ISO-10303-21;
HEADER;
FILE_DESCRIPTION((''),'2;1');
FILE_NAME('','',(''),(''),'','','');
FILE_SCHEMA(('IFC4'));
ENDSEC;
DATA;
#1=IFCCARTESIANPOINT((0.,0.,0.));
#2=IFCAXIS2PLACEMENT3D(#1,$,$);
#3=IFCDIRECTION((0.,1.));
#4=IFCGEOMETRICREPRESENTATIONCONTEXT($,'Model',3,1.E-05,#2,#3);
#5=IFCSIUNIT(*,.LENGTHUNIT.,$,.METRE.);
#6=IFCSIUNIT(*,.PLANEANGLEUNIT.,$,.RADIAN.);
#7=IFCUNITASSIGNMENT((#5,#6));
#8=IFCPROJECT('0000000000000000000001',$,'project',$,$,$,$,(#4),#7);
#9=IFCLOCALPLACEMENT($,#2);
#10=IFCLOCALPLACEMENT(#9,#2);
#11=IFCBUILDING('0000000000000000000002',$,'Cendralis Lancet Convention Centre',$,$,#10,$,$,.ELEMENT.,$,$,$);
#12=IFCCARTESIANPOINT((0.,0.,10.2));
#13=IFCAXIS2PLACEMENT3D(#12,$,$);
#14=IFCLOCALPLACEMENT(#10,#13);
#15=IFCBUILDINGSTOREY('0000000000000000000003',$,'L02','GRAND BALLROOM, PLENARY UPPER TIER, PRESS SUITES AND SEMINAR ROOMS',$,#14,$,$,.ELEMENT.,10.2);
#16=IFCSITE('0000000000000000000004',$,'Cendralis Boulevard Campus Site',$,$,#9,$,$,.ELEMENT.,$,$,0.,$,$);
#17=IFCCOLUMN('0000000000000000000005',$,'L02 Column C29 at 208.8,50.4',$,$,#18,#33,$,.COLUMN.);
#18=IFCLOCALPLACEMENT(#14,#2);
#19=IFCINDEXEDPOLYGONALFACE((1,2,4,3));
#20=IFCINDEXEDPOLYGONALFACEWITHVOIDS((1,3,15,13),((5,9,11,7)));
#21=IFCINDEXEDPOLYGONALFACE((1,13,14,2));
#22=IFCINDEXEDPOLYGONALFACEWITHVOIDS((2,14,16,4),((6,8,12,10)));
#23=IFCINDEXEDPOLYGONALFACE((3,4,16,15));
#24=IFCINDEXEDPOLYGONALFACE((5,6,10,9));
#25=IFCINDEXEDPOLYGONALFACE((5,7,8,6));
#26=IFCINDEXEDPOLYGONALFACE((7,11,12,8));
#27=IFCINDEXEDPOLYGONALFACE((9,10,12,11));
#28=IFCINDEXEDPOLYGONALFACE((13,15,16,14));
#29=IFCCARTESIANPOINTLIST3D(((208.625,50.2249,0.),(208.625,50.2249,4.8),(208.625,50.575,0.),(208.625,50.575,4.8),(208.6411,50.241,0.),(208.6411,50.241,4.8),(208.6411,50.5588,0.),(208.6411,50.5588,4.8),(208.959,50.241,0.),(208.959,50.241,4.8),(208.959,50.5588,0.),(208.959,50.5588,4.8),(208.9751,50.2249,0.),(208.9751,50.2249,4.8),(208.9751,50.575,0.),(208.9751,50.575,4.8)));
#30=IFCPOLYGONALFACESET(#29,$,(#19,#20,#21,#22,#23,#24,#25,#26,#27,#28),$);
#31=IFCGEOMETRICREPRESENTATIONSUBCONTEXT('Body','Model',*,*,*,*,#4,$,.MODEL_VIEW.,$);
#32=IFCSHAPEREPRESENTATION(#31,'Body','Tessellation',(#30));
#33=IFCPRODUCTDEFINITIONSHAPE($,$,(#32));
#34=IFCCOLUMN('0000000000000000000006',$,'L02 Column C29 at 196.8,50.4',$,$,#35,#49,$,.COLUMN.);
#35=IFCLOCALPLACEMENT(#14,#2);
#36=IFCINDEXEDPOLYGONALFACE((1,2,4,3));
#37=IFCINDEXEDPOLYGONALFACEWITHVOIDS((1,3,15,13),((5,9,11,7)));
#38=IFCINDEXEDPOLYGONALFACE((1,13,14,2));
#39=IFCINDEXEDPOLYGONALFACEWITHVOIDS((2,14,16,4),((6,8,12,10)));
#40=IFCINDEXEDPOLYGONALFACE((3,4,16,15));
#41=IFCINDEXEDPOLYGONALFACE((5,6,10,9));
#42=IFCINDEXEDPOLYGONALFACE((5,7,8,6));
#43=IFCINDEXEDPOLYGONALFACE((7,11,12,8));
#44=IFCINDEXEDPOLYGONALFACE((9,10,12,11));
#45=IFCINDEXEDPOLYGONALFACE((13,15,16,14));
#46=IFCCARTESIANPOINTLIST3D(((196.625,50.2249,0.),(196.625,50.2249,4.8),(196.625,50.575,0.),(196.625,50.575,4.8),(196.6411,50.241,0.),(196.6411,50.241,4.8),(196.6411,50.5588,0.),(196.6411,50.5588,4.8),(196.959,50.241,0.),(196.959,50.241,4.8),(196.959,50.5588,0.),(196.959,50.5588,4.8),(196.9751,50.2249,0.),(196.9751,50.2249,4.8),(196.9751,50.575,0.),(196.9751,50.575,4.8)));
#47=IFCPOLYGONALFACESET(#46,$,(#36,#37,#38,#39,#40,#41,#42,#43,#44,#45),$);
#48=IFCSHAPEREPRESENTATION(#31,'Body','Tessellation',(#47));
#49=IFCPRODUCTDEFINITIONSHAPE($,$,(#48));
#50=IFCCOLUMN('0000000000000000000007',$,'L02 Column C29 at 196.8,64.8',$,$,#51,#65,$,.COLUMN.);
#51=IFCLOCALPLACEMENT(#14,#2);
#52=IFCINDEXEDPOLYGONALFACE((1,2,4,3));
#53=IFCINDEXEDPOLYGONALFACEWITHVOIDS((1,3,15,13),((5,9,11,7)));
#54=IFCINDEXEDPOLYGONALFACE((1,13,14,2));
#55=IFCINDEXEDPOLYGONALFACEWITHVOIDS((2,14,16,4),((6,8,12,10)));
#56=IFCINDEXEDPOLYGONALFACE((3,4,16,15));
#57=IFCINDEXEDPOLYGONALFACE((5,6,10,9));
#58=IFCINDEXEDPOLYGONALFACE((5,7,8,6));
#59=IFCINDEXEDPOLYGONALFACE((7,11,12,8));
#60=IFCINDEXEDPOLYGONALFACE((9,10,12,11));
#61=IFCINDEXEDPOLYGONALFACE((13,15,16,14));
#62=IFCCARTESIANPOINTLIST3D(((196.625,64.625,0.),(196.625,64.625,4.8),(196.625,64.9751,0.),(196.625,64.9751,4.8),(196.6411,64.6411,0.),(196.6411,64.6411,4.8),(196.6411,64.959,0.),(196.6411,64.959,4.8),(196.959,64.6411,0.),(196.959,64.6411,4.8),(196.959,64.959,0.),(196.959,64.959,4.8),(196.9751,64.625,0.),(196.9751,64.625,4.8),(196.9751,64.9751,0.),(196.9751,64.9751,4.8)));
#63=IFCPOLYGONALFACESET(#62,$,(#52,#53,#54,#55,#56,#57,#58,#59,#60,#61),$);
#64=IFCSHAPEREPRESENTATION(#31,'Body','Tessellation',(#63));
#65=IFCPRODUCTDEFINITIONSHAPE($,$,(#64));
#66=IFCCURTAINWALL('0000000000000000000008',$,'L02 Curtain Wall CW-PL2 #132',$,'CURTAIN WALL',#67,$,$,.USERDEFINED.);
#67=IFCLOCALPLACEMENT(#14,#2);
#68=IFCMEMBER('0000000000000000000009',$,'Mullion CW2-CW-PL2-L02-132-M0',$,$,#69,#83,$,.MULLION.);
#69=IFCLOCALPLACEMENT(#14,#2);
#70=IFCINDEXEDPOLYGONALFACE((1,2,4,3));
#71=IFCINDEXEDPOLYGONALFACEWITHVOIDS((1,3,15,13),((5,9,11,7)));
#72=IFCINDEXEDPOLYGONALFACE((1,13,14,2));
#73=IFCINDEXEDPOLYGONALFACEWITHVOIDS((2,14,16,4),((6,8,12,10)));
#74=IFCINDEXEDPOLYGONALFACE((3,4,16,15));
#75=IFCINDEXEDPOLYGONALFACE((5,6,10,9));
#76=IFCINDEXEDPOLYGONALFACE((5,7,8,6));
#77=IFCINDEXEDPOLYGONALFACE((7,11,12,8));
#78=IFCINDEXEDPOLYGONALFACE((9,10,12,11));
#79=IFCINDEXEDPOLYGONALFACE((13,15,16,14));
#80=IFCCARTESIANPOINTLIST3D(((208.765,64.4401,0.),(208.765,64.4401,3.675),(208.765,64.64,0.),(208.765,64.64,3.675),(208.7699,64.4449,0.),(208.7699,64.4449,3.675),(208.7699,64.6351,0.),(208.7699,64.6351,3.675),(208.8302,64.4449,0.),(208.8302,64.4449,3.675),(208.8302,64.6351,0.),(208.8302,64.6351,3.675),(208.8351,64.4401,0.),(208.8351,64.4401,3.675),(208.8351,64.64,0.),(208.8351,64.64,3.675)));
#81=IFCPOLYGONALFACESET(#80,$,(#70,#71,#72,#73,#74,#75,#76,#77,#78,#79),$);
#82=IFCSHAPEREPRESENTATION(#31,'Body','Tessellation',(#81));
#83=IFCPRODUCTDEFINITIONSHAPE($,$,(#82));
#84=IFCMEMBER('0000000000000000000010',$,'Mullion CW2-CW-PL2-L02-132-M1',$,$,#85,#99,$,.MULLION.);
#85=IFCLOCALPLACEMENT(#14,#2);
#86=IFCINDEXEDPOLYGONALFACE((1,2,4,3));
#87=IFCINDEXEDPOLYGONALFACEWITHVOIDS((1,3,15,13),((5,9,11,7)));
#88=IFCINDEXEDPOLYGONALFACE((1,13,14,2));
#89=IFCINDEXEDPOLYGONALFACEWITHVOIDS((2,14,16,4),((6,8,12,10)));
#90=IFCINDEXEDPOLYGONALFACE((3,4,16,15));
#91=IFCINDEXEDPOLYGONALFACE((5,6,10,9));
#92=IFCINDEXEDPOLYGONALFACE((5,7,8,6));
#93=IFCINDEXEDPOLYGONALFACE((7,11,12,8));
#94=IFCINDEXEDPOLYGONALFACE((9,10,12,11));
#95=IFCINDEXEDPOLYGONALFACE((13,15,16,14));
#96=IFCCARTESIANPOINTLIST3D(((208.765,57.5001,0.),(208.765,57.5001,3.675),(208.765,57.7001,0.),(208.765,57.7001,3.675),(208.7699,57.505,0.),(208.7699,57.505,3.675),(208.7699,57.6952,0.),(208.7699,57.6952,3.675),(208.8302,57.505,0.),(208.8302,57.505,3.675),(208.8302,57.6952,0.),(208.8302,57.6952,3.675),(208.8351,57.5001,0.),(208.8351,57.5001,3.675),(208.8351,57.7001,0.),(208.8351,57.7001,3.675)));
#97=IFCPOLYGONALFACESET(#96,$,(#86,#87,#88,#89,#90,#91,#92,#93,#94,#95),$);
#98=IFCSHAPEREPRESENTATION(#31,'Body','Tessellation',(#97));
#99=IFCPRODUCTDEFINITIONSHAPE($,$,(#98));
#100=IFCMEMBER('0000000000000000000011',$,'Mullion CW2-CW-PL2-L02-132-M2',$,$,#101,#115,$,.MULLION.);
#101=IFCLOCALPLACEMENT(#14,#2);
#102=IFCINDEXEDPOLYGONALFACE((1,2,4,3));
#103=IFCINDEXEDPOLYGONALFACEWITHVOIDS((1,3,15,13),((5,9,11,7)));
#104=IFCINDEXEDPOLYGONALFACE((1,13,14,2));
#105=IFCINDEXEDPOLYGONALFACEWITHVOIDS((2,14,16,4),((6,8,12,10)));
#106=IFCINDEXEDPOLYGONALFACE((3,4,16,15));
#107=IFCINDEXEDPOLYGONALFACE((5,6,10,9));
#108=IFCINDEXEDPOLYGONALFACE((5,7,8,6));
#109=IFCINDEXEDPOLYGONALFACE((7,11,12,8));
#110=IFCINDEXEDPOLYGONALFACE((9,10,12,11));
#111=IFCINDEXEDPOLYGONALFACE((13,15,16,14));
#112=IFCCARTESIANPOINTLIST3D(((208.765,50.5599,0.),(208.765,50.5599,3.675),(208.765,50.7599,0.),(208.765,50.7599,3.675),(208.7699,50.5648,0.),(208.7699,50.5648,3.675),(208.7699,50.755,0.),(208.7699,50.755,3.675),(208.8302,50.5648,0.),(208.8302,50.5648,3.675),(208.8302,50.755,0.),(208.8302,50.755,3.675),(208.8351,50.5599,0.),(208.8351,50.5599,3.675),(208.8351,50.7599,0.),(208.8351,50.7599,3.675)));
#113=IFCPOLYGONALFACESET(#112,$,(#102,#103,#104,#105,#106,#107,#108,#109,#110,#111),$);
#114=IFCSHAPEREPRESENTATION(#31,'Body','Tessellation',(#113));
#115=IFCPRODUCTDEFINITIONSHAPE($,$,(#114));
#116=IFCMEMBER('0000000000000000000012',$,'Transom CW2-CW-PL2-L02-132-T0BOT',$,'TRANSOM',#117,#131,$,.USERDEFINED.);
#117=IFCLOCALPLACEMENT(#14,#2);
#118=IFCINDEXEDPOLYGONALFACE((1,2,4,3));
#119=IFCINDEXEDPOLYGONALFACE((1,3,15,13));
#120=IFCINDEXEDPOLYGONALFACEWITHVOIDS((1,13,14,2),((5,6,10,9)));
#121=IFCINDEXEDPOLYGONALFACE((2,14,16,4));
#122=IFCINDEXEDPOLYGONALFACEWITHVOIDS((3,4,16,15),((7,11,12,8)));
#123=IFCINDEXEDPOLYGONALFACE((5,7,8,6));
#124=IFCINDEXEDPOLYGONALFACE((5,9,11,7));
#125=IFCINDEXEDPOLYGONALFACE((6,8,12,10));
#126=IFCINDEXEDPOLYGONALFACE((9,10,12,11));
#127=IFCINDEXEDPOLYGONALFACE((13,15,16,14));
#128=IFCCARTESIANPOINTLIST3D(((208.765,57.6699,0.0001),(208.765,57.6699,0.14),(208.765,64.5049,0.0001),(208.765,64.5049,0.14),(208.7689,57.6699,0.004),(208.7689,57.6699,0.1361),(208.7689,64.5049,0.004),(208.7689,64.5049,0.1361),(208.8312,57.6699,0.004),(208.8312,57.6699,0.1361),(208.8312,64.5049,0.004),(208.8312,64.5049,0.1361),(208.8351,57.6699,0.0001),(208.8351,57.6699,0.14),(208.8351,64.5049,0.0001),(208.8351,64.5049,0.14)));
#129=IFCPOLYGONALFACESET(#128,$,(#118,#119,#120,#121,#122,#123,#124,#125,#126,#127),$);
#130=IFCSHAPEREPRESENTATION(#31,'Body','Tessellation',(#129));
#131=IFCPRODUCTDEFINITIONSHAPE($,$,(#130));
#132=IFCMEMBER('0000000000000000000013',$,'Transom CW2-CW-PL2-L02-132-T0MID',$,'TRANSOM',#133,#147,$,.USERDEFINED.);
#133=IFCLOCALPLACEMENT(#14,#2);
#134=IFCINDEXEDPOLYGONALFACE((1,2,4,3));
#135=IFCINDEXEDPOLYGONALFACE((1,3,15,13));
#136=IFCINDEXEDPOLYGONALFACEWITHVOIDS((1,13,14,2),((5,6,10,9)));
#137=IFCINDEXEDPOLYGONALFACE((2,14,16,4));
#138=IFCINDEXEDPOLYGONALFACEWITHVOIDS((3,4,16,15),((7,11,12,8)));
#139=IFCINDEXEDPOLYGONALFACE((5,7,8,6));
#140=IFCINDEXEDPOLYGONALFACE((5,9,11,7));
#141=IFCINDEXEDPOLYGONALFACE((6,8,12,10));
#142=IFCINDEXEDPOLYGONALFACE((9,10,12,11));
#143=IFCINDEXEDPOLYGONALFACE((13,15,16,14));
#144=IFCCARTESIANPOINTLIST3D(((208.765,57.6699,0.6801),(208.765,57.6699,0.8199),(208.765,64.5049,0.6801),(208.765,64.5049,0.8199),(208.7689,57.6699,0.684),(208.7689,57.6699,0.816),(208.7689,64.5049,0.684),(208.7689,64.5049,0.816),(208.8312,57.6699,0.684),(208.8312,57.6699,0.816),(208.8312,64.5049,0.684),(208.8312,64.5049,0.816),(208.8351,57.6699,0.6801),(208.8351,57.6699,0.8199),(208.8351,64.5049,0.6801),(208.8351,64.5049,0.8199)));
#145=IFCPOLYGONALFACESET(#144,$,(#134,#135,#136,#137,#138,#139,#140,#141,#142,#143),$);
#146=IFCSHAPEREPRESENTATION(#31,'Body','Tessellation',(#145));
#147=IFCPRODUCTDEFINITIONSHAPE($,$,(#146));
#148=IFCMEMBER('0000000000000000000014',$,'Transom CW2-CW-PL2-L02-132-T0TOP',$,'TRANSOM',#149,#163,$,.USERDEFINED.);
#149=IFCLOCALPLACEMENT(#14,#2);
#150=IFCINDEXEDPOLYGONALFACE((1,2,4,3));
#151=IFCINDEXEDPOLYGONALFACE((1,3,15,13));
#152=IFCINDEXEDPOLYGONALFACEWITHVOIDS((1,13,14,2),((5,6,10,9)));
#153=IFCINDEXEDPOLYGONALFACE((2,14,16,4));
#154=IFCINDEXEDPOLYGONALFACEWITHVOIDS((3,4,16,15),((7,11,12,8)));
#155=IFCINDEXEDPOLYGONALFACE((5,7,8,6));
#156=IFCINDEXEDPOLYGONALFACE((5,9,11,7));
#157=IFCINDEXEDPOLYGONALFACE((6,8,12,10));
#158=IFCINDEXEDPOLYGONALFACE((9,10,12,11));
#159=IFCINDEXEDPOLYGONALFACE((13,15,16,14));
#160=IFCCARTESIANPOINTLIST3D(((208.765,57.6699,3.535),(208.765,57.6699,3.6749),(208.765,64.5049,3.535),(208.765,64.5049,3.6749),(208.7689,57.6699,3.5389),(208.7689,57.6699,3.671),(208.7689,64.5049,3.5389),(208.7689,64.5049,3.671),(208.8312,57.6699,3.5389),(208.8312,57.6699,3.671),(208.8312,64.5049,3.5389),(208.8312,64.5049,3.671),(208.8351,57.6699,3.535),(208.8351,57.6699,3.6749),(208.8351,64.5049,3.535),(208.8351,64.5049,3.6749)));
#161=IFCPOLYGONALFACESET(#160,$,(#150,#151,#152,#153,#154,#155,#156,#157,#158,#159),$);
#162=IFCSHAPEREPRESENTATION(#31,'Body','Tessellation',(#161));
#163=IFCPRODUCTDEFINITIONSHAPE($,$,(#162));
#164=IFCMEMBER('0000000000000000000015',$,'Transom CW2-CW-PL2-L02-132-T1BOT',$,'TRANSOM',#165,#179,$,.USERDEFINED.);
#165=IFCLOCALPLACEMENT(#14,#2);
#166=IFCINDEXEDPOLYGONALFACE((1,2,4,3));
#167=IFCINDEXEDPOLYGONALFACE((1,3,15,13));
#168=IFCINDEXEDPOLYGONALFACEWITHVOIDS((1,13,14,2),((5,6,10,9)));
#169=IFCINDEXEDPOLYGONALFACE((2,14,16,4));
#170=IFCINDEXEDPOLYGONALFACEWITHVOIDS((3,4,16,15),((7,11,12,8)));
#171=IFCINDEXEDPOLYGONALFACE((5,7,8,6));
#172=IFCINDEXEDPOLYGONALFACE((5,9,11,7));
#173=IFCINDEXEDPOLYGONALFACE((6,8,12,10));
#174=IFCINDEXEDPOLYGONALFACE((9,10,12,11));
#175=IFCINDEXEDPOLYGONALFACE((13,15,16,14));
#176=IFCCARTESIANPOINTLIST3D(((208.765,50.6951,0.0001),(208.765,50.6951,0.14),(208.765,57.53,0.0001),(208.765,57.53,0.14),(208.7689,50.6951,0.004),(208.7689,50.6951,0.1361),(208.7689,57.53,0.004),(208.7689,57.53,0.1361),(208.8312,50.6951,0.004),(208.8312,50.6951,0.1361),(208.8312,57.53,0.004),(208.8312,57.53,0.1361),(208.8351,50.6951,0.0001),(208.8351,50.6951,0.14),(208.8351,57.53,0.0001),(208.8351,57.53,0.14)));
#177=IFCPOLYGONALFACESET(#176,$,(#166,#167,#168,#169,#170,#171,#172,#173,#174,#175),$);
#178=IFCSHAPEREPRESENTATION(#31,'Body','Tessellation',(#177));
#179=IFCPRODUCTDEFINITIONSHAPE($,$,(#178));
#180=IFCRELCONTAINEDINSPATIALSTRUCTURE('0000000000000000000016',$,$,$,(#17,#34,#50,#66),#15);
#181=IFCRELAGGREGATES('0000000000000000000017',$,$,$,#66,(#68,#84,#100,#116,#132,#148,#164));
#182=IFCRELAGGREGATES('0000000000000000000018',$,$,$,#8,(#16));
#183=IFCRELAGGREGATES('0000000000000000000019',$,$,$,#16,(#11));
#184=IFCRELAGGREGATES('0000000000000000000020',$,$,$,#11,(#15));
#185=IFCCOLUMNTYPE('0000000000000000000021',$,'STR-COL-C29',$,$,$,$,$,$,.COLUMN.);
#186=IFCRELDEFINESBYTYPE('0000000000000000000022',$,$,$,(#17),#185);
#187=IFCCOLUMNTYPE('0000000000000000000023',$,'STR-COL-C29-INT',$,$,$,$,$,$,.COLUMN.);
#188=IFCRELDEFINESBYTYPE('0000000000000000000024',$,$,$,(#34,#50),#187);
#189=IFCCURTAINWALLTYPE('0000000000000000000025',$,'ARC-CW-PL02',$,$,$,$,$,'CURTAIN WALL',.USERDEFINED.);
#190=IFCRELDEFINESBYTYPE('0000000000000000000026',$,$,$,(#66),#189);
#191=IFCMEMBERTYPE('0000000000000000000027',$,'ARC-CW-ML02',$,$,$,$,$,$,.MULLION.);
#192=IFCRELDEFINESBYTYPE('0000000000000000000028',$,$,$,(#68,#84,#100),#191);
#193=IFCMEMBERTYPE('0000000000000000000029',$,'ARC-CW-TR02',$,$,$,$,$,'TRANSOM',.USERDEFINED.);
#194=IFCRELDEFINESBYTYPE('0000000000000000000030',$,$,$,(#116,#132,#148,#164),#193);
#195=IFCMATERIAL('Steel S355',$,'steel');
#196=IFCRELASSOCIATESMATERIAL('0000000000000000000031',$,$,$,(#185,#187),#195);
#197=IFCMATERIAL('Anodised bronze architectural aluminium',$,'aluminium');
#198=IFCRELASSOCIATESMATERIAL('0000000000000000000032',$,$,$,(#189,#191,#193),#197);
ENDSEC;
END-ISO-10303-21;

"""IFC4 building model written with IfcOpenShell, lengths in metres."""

from ifc_helpers import new_model, si_unit, direction, frame, origin, origin_2d, place, context, subcontext, project, spatial, hollow_rectangle, extrude, material, material_profile, profile_set, type_object, element, aggregate, save


model = new_model("IFC4")

# Units and contexts
model_context = context("Model", 3, precision=1e-05, world=origin(), true_north=direction((0.0, 1.0)))
body_context = subcontext(model_context, "Body", "Model", "MODEL_VIEW")
ifc_project = project(units=[si_unit("LENGTHUNIT", "METRE"), si_unit("PLANEANGLEUNIT", "RADIAN")], contexts=[model_context])

# Site, building, storey
site_placement = place(None, origin())
site = spatial("IfcSite", under=ifc_project, at=site_placement, Name="Cendralis Boulevard Campus Site", CompositionType="ELEMENT", RefElevation=0.0)
building_placement = place(site_placement, origin())
building = spatial("IfcBuilding", under=site, at=building_placement, Name="Cendralis Lancet Convention Centre", CompositionType="ELEMENT")
storey_placement = place(building_placement, frame((0.0, 0.0, 10.2)))
storey = spatial("IfcBuildingStorey", under=building, at=storey_placement, Name="L02", Description="GRAND BALLROOM, PLENARY UPPER TIER, PRESS SUITES AND SEMINAR ROOMS", CompositionType="ELEMENT", Elevation=10.2)

# Columns
ifc_material_1 = material(Name="Steel S355", Category="steel")
ifc_material_profile_1 = material_profile(ifc_material_1, hollow_rectangle(XDim=0.3501, YDim=0.3501, WallThickness=0.0161, at=origin_2d()), Name="SHS 350x350x16.0")
ifc_profile_set_1 = profile_set([ifc_material_profile_1], Name="Steel S355")
column_type_1 = type_object("IfcColumnType", Name="STR-COL-C29", PredefinedType="COLUMN", material=ifc_profile_set_1)
column_placement = place(storey_placement, frame((208.8, 50.3999, 0.0), z_axis=(0.0, 0.0, 1.0), x_axis=(1.0, 0.0, 0.0)))
element("IfcColumn", 1, at=column_placement, inside=storey, type_object=column_type_1, Name="L02 Column C29 at 208.8,50.4", PredefinedType="COLUMN", context=body_context, shape_type="SweptSolid", body=[
    extrude(hollow_rectangle(XDim=0.3501, YDim=0.3501, WallThickness=0.0161, at=origin_2d()), origin(), (0.0, 0.0, 1.0), 4.8),
])
ifc_material_profile_2 = material_profile(ifc_material_1, hollow_rectangle(XDim=0.3501, YDim=0.3501, WallThickness=0.0161, at=origin_2d()), Name="SHS 350x350x16.0")
ifc_profile_set_2 = profile_set([ifc_material_profile_2], Name="Steel S355")
column_type_2 = type_object("IfcColumnType", Name="STR-COL-C29-INT", PredefinedType="COLUMN", material=ifc_profile_set_2)
for number, where, z_axis, x_axis, name in (
    (2, (196.8, 50.3999, 0.0), (0.0, 0.0, 1.0), (1.0, 0.0, 0.0), "L02 Column C29 at 196.8,50.4"),
    (3, (196.8, 64.8, 0.0), (0.0, 0.0, 1.0), (1.0, 0.0, 0.0), "L02 Column C29 at 196.8,64.8"),
):
    element("IfcColumn", number, at=place(storey_placement, frame(where, z_axis=z_axis, x_axis=x_axis)), inside=storey, type_object=column_type_2, Name=name, PredefinedType="COLUMN", context=body_context, shape_type="SweptSolid", body=[
        extrude(hollow_rectangle(XDim=0.3501, YDim=0.3501, WallThickness=0.0161, at=origin_2d()), origin(), (0.0, 0.0, 1.0), 4.8),
    ])

# Curtain wall, members
ifc_material_2 = material(Name="Anodised bronze architectural aluminium", Category="aluminium")
curtain_wall_type = type_object("IfcCurtainWallType", Name="ARC-CW-PL02", ElementType="CURTAIN WALL", PredefinedType="USERDEFINED", material=ifc_material_2)
curtain_wall_placement = place(storey_placement, origin())
curtain_wall = element("IfcCurtainWall", 4, at=curtain_wall_placement, inside=storey, type_object=curtain_wall_type, Name="L02 Curtain Wall CW-PL2 #132", ObjectType="CURTAIN WALL", PredefinedType="USERDEFINED")
ifc_material_profile_3 = material_profile(ifc_material_2, hollow_rectangle(XDim=0.0701, YDim=0.2, WallThickness=0.0049, at=origin_2d()), Name="AL-MULL 70x200x5.0")
ifc_profile_set_3 = profile_set([ifc_material_profile_3], Name="Anodised bronze architectural aluminium")
member_type_1 = type_object("IfcMemberType", Name="ARC-CW-ML02", PredefinedType="MULLION", material=ifc_profile_set_3)
member_1_placement = place(storey_placement, frame((208.8, 64.54, 0.0), z_axis=(0.0, 0.0, 1.0), x_axis=(1.0, 0.0, 0.0)))
member_1 = element("IfcMember", 5, at=member_1_placement, type_object=member_type_1, Name="Mullion CW2-CW-PL2-L02-132-M0", PredefinedType="MULLION", context=body_context, shape_type="SweptSolid", body=[
    extrude(hollow_rectangle(XDim=0.0701, YDim=0.2, WallThickness=0.0049, at=origin_2d()), origin(), (0.0, 0.0, 1.0), 3.675),
])
member_2_placement = place(storey_placement, frame((208.8, 57.6001, 0.0), z_axis=(0.0, 0.0, 1.0), x_axis=(1.0, 0.0, 0.0)))
member_2 = element("IfcMember", 6, at=member_2_placement, type_object=member_type_1, Name="Mullion CW2-CW-PL2-L02-132-M1", PredefinedType="MULLION", context=body_context, shape_type="SweptSolid", body=[
    extrude(hollow_rectangle(XDim=0.0701, YDim=0.2, WallThickness=0.0049, at=origin_2d()), origin(), (0.0, 0.0, 1.0), 3.675),
])
member_3_placement = place(storey_placement, frame((208.8, 50.6599, 0.0), z_axis=(0.0, 0.0, 1.0), x_axis=(1.0, 0.0, 0.0)))
member_3 = element("IfcMember", 7, at=member_3_placement, type_object=member_type_1, Name="Mullion CW2-CW-PL2-L02-132-M2", PredefinedType="MULLION", context=body_context, shape_type="SweptSolid", body=[
    extrude(hollow_rectangle(XDim=0.0701, YDim=0.2, WallThickness=0.0049, at=origin_2d()), origin(), (0.0, 0.0, 1.0), 3.675),
])
ifc_material_profile_4 = material_profile(ifc_material_2, hollow_rectangle(XDim=0.0701, YDim=0.1399, WallThickness=0.0039, at=origin_2d()), Name="AL-TRAN 70x140x4.0")
ifc_profile_set_4 = profile_set([ifc_material_profile_4], Name="Anodised bronze architectural aluminium")
member_type_2 = type_object("IfcMemberType", Name="ARC-CW-TR02", ElementType="TRANSOM", PredefinedType="USERDEFINED", material=ifc_profile_set_4)
member_4_placement = place(storey_placement, frame((208.8, 64.5049, 0.0701), z_axis=(0.0, -1.0, 0.0), x_axis=(1.0, 0.0, 0.0)))
member_4 = element("IfcMember", 8, at=member_4_placement, type_object=member_type_2, Name="Transom CW2-CW-PL2-L02-132-T0BOT", ObjectType="TRANSOM", PredefinedType="USERDEFINED", context=body_context, shape_type="SweptSolid", body=[
    extrude(hollow_rectangle(XDim=0.0701, YDim=0.1399, WallThickness=0.0039, at=origin_2d()), origin(), (0.0, 0.0, 1.0), 6.835),
])
member_5_placement = place(storey_placement, frame((208.8, 64.5049, 0.75), z_axis=(0.0, -1.0, 0.0), x_axis=(1.0, 0.0, 0.0)))
member_5 = element("IfcMember", 9, at=member_5_placement, type_object=member_type_2, Name="Transom CW2-CW-PL2-L02-132-T0MID", ObjectType="TRANSOM", PredefinedType="USERDEFINED", context=body_context, shape_type="SweptSolid", body=[
    extrude(hollow_rectangle(XDim=0.0701, YDim=0.1399, WallThickness=0.0039, at=origin_2d()), origin(), (0.0, 0.0, 1.0), 6.835),
])
member_6_placement = place(storey_placement, frame((208.8, 64.5049, 3.605), z_axis=(0.0, -1.0, 0.0), x_axis=(1.0, 0.0, 0.0)))
member_6 = element("IfcMember", 10, at=member_6_placement, type_object=member_type_2, Name="Transom CW2-CW-PL2-L02-132-T0TOP", ObjectType="TRANSOM", PredefinedType="USERDEFINED", context=body_context, shape_type="SweptSolid", body=[
    extrude(hollow_rectangle(XDim=0.0701, YDim=0.1399, WallThickness=0.0039, at=origin_2d()), origin(), (0.0, 0.0, 1.0), 6.835),
])
member_7_placement = place(storey_placement, frame((208.8, 57.53, 0.0701), z_axis=(0.0, -1.0, 0.0), x_axis=(1.0, 0.0, 0.0)))
member_7 = element("IfcMember", 11, at=member_7_placement, type_object=member_type_2, Name="Transom CW2-CW-PL2-L02-132-T1BOT", ObjectType="TRANSOM", PredefinedType="USERDEFINED", context=body_context, shape_type="SweptSolid", body=[
    extrude(hollow_rectangle(XDim=0.0701, YDim=0.1399, WallThickness=0.0039, at=origin_2d()), origin(), (0.0, 0.0, 1.0), 6.835),
])

aggregate(curtain_wall, [member_1, member_2, member_3, member_4, member_5, member_6, member_7])

save(model, "model.ifc")
